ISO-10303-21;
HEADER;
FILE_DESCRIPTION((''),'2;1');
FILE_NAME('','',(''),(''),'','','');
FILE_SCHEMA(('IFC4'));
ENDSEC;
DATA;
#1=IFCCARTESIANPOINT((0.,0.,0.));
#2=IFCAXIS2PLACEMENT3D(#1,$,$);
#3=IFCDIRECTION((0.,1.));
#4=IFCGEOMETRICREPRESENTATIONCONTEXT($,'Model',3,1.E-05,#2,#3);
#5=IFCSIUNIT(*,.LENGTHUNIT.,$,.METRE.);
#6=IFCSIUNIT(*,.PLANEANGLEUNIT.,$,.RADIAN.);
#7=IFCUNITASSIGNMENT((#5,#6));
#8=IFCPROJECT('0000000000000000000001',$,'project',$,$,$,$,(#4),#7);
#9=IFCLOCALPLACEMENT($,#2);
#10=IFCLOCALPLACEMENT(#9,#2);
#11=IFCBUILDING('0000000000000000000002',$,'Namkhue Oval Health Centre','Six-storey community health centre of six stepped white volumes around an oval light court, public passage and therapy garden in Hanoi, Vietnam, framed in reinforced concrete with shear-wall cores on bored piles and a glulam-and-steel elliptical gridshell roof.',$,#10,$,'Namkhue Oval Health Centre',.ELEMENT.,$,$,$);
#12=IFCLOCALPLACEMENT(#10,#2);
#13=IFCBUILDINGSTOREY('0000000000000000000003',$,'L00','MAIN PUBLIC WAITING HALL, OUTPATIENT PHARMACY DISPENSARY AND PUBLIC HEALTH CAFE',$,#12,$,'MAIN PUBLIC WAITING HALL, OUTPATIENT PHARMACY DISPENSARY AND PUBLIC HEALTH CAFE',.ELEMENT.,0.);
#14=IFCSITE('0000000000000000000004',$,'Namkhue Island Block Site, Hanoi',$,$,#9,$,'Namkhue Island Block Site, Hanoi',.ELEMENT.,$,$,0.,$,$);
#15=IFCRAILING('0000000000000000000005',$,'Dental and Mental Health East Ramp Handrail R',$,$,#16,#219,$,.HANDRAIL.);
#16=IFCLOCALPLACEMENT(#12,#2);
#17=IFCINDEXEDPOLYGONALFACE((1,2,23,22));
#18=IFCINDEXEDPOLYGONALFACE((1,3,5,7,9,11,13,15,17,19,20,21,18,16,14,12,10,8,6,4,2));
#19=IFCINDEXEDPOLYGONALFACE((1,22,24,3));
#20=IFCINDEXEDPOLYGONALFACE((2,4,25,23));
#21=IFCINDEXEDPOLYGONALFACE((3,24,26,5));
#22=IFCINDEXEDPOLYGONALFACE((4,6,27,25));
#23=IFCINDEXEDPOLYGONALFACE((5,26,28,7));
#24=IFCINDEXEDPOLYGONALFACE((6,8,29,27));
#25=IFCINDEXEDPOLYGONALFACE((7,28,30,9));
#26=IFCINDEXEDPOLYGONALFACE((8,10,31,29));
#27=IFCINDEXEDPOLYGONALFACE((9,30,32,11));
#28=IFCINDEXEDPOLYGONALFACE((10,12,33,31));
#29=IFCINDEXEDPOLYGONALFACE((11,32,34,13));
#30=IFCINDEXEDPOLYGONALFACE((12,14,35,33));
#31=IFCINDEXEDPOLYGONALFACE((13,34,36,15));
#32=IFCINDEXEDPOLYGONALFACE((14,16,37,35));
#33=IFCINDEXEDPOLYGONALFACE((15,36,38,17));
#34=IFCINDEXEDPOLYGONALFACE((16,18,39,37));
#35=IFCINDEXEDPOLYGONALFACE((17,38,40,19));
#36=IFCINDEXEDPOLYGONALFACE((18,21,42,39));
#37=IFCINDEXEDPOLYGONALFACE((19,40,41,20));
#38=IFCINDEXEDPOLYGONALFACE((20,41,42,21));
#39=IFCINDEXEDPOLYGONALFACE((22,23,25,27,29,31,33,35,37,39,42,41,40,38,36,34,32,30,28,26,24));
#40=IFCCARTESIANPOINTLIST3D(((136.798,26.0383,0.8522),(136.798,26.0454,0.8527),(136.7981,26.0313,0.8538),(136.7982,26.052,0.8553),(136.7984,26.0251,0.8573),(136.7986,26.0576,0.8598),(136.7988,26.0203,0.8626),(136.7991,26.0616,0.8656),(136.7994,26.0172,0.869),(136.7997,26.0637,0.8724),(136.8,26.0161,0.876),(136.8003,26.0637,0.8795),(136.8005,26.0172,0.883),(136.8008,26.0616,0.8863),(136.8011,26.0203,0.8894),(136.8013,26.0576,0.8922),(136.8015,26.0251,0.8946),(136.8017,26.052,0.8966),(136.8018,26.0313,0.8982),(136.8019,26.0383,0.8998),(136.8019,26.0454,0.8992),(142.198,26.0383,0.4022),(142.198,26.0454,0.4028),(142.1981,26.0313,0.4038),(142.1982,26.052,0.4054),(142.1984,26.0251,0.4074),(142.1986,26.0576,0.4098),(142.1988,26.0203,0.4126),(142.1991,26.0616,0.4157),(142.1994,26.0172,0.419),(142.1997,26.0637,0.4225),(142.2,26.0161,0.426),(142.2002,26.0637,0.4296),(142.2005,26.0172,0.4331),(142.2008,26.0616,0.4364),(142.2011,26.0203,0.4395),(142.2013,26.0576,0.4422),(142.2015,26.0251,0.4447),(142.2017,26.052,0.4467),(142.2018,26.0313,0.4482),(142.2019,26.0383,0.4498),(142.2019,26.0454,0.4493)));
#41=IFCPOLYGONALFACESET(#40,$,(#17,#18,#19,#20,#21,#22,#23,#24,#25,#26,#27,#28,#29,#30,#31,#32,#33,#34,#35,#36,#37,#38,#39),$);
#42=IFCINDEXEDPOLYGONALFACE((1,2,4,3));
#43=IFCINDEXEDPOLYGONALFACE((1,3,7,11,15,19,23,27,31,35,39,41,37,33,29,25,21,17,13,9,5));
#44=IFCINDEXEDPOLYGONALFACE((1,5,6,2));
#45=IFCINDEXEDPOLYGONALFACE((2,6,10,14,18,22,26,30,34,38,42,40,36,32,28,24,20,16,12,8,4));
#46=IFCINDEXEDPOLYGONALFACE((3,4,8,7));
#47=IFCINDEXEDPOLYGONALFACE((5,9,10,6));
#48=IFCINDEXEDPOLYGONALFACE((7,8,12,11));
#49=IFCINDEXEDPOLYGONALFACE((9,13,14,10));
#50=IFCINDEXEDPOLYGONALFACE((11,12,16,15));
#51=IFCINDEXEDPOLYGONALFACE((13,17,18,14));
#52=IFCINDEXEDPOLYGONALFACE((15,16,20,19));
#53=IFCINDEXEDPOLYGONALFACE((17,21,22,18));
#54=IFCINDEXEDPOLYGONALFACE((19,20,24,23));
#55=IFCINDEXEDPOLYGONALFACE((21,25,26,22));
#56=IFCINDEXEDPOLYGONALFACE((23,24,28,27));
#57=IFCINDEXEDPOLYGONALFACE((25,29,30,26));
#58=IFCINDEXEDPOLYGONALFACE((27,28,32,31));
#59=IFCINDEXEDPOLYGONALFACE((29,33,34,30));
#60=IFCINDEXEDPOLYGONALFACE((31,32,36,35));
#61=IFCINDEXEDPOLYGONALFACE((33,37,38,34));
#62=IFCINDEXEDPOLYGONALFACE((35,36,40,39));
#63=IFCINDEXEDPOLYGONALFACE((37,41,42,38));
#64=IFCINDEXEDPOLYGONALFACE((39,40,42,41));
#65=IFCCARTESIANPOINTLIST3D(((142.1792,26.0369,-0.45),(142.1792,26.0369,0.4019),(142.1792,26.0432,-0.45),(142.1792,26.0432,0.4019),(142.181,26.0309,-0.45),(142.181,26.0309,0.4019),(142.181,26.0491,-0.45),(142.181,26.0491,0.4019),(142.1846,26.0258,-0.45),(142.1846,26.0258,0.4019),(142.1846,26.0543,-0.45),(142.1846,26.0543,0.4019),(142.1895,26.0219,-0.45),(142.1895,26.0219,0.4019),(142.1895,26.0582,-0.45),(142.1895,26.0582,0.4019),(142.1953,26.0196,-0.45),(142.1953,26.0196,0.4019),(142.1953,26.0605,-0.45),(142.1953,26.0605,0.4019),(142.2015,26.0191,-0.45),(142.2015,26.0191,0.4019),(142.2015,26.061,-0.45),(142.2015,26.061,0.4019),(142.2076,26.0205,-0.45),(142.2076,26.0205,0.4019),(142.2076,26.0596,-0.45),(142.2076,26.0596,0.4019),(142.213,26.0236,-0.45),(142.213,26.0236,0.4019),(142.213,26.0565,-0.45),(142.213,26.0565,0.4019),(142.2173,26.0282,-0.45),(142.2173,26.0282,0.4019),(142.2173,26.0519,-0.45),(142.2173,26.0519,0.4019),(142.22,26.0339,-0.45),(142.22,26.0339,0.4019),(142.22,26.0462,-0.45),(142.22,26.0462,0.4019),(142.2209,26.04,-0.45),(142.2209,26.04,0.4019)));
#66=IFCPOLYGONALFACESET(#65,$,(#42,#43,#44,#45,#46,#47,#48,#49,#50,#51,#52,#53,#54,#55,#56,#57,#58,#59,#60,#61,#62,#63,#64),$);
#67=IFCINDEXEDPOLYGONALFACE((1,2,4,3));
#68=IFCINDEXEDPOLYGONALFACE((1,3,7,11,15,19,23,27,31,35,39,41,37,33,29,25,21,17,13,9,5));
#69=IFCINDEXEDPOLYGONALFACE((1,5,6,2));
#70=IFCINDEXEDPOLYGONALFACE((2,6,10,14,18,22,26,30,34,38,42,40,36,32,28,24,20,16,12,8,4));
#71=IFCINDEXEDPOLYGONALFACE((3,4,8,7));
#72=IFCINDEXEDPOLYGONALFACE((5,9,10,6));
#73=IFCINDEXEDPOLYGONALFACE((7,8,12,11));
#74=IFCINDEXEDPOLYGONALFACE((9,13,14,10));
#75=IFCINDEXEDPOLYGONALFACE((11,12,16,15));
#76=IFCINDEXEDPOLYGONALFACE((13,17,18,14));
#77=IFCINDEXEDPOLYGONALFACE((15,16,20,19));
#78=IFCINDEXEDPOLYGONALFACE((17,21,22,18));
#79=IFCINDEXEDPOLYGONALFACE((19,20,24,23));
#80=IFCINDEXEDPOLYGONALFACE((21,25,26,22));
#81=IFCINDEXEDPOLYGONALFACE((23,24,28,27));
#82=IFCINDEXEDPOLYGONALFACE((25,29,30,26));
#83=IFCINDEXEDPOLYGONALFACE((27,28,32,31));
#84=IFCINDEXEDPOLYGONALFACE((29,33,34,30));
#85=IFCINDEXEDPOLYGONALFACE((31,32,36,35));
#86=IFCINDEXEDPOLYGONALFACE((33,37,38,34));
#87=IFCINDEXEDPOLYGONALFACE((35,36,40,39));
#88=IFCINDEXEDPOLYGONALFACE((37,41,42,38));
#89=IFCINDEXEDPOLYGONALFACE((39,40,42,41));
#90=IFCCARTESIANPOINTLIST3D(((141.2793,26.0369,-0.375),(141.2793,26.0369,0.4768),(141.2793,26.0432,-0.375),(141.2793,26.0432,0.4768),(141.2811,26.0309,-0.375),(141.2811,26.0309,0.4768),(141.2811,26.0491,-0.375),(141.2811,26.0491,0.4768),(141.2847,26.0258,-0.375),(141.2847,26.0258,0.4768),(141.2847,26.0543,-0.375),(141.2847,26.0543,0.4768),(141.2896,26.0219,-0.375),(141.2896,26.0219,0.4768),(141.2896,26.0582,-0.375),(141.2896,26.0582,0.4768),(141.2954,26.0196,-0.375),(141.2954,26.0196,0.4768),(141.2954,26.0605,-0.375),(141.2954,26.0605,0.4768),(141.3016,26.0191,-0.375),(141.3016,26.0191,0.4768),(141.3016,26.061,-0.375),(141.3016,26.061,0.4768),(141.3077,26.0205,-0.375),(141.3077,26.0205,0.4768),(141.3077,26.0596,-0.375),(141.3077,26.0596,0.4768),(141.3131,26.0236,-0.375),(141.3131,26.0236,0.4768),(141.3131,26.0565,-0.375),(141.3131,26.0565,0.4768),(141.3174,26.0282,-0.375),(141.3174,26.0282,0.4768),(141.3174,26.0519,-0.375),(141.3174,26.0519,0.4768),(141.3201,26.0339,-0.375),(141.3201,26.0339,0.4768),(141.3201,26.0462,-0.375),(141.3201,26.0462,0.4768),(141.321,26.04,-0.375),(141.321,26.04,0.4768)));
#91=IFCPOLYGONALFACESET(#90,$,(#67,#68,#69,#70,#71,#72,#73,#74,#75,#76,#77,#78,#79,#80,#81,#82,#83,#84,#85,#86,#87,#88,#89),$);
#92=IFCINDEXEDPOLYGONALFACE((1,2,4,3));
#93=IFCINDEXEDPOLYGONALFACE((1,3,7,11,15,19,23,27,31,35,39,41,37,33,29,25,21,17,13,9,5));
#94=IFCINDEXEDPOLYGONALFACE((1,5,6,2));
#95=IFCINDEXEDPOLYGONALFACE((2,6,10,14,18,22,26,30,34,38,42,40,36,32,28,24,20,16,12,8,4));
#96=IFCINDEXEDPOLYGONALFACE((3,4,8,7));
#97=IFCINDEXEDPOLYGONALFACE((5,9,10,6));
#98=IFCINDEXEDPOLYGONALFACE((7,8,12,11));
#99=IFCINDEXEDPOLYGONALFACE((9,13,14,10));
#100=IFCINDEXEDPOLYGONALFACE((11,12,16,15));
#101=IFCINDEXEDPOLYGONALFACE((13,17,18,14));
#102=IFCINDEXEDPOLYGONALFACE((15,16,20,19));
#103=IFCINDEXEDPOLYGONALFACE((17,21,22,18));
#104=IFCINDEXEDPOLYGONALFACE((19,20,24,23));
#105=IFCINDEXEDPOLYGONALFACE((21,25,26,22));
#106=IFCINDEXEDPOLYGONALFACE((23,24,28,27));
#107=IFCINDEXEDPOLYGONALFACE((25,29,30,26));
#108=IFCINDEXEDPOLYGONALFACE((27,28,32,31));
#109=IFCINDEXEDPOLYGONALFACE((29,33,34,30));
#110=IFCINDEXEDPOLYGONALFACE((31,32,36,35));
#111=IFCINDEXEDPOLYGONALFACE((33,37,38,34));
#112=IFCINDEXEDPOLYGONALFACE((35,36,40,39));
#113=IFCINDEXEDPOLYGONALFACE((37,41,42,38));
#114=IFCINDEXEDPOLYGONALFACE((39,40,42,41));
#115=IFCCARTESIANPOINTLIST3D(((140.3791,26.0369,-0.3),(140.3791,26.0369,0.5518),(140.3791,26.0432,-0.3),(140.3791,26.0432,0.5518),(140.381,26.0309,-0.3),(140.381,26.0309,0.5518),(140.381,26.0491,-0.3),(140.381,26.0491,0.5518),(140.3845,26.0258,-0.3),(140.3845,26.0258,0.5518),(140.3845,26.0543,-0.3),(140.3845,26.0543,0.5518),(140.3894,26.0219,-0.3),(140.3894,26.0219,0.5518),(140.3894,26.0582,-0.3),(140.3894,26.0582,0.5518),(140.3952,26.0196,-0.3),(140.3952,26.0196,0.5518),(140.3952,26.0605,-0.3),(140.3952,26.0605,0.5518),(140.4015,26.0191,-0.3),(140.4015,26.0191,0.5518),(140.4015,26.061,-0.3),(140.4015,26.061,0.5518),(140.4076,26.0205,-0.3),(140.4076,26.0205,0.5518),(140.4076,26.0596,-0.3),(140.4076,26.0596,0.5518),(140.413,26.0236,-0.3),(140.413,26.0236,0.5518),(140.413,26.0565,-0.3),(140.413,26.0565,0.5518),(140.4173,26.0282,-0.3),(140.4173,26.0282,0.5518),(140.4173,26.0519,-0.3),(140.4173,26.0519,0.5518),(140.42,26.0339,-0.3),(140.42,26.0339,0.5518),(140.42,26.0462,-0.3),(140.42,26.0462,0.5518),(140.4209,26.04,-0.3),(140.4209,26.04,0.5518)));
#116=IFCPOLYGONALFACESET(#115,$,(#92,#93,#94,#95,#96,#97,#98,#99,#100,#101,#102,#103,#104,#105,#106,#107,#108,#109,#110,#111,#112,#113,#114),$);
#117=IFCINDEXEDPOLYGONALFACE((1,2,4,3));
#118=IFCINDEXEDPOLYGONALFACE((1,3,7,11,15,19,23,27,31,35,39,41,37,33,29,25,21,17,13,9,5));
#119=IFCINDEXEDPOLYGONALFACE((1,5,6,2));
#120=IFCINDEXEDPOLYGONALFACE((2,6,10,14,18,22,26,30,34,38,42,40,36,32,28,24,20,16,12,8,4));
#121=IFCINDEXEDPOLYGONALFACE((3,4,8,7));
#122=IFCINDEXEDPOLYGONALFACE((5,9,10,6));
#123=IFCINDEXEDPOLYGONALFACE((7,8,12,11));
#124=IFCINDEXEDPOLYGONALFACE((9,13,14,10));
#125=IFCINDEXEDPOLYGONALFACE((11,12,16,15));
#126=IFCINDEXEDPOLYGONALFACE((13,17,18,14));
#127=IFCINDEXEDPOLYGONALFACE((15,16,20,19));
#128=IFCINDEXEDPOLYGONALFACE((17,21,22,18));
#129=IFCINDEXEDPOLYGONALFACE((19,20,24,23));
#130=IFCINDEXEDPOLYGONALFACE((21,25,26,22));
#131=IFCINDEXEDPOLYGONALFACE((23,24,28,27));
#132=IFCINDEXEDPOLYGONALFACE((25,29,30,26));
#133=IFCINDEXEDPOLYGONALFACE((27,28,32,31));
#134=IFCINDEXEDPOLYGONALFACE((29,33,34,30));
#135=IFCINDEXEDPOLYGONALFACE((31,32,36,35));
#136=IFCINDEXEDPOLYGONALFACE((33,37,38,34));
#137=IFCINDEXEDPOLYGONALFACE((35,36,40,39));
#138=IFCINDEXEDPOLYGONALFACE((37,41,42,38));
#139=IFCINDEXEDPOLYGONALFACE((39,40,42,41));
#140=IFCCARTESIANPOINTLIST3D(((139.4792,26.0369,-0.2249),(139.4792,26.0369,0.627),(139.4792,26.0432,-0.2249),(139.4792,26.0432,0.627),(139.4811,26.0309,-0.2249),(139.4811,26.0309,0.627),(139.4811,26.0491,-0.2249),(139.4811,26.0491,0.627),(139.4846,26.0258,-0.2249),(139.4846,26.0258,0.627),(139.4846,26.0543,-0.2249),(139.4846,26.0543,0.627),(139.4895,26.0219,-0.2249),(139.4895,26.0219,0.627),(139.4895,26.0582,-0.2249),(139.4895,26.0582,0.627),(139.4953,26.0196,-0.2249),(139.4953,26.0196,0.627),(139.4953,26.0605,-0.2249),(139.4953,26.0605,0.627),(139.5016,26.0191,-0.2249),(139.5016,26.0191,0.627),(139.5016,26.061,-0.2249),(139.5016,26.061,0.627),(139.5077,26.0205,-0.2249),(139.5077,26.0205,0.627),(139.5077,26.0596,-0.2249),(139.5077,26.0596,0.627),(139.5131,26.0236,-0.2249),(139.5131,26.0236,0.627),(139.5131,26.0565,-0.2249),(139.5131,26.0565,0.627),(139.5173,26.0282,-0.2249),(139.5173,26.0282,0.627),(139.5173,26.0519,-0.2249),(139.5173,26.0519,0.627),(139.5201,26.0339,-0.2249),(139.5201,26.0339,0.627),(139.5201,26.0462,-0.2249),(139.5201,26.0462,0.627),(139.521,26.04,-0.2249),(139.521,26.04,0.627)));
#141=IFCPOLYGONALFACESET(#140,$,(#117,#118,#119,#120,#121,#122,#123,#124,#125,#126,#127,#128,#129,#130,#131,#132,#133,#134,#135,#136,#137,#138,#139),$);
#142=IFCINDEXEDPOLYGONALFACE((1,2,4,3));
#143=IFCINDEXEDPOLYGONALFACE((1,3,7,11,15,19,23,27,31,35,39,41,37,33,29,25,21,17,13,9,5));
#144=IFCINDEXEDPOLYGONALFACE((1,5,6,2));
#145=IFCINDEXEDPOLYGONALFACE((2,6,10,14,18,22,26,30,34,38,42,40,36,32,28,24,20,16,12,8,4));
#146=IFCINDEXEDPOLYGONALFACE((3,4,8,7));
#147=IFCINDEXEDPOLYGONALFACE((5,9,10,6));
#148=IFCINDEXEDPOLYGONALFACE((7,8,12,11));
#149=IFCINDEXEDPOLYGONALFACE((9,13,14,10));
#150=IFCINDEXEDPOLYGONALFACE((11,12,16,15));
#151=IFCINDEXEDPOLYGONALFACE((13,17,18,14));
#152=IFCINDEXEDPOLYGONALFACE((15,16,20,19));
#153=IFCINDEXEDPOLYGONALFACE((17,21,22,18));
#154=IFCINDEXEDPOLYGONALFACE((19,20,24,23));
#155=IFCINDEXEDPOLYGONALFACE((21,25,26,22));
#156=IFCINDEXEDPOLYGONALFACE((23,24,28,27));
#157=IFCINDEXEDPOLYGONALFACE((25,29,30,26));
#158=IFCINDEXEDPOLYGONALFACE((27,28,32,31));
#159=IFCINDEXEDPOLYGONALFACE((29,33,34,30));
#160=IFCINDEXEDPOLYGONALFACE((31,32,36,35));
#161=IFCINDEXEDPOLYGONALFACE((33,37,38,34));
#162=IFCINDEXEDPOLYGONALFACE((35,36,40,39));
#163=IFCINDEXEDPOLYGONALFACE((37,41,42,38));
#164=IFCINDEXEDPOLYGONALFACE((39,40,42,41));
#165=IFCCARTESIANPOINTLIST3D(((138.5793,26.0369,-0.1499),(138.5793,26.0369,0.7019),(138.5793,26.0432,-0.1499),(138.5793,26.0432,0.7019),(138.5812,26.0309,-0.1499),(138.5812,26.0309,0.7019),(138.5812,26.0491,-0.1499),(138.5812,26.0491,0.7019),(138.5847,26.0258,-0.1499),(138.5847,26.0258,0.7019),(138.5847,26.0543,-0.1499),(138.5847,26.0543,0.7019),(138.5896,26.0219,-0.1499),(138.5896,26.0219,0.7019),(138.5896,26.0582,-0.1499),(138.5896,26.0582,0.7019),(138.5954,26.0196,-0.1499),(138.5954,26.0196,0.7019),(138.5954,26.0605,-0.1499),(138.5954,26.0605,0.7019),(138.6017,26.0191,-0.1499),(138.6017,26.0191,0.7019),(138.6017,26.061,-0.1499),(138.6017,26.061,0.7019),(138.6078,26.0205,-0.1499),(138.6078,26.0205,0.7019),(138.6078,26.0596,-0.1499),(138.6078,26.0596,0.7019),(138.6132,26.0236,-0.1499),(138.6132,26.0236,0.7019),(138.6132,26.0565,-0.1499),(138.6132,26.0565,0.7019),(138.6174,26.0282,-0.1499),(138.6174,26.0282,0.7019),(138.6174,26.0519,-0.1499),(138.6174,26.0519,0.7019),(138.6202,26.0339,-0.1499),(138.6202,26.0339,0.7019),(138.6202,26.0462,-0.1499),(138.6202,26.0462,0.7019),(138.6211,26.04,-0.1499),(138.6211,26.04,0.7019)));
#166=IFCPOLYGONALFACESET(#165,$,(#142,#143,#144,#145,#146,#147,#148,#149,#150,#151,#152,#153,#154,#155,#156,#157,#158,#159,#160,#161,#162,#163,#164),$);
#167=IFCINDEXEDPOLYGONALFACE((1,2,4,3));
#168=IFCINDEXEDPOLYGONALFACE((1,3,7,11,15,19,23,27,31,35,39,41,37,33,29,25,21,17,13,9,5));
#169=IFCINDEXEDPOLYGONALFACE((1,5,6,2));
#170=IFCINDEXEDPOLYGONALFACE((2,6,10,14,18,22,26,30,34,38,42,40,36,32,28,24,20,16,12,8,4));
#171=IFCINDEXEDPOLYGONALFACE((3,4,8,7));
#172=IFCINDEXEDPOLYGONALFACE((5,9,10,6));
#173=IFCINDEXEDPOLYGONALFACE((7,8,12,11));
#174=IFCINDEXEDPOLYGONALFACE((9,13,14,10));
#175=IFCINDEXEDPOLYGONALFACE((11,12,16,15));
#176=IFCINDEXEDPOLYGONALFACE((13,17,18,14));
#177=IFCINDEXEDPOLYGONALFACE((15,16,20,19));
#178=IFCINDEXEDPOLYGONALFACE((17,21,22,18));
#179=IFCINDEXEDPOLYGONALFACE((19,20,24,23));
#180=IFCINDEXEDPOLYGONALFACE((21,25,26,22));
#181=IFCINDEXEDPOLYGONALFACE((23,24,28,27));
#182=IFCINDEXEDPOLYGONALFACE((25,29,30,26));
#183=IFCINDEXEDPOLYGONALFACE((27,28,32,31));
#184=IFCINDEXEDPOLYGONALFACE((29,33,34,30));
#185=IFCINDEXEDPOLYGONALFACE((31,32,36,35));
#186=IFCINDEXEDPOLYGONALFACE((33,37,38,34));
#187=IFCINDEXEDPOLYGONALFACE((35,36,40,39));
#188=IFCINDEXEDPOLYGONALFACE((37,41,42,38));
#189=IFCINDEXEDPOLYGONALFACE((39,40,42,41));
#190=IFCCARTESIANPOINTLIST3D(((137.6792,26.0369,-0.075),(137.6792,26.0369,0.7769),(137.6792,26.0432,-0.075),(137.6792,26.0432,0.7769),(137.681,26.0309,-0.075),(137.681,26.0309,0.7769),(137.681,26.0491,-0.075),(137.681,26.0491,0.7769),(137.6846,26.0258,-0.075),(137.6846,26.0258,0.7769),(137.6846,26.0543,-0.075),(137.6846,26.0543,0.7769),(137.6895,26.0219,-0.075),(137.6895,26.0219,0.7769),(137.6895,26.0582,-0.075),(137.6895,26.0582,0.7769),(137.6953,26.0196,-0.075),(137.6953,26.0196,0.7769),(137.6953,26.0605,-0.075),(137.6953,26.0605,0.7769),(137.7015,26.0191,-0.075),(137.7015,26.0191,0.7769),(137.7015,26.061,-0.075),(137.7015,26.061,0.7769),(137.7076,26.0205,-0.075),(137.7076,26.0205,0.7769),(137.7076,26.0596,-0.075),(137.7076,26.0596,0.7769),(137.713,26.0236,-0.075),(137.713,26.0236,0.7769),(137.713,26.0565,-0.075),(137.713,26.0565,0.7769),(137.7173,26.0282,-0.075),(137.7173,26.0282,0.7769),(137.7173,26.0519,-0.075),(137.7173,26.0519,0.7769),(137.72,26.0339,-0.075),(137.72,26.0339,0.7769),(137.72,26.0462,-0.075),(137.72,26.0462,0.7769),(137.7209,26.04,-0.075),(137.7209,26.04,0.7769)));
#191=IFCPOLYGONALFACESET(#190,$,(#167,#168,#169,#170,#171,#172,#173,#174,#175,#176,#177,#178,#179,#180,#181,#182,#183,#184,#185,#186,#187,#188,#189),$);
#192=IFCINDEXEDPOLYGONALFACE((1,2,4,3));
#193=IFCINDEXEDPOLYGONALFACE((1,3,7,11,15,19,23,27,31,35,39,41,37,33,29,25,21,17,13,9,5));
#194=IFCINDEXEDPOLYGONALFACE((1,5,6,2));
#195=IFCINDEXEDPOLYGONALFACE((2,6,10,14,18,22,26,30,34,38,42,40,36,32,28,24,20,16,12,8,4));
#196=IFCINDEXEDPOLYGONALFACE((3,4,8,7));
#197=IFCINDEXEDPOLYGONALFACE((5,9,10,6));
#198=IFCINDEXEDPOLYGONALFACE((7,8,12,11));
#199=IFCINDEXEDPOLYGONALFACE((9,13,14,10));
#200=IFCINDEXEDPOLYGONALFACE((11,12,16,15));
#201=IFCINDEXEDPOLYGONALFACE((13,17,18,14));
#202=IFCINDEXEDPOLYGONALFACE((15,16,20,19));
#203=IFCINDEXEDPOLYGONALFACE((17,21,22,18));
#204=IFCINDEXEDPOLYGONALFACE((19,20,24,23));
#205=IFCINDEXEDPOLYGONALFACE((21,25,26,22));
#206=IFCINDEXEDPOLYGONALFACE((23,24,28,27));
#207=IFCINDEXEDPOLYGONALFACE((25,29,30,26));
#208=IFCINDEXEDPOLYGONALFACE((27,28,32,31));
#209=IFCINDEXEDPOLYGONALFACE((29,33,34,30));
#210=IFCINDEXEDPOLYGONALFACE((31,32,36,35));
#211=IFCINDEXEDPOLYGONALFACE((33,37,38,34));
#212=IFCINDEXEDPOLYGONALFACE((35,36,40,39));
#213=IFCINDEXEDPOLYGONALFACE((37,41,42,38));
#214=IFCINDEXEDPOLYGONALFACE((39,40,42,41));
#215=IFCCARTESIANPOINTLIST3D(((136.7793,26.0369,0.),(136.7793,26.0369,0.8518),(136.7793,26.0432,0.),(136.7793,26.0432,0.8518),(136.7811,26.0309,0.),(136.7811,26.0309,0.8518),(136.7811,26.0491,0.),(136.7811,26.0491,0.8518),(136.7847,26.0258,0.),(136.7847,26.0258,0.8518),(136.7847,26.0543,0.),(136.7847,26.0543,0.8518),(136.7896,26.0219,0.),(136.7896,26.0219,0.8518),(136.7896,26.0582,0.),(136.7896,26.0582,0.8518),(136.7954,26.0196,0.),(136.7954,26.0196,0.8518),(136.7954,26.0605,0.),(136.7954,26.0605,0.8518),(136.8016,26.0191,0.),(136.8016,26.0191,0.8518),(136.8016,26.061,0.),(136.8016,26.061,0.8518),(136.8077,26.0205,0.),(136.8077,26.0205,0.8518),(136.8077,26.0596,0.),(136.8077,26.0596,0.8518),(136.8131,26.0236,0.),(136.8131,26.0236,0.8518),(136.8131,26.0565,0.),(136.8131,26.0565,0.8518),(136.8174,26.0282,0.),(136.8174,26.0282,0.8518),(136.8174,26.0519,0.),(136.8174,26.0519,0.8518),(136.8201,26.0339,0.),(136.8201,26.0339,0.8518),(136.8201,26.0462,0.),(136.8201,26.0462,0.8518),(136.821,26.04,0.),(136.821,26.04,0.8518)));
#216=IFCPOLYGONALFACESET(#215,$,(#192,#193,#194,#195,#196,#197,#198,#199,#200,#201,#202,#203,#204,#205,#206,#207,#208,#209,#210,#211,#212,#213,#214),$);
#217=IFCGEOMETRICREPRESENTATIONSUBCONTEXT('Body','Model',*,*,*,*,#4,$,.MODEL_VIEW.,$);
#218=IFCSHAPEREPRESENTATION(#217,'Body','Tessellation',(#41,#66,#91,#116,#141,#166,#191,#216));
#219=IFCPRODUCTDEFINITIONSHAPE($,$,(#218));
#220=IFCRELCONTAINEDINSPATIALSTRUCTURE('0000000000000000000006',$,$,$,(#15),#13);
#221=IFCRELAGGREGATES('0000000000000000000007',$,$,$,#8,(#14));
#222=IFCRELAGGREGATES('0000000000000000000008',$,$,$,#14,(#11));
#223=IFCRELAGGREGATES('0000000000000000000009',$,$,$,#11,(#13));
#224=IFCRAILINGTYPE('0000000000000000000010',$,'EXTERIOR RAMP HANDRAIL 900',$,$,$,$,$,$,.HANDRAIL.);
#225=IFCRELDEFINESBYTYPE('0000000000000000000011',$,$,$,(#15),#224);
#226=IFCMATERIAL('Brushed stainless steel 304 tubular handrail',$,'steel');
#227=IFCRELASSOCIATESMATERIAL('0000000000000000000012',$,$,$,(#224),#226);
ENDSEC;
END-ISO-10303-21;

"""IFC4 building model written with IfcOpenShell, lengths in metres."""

from ifc_helpers import new_model, si_unit, direction, frame, origin, origin_2d, place, context, subcontext, project, spatial, circle, extrude, material, type_object, element, save


model = new_model("IFC4")

# Units and contexts
model_context = context("Model", 3, precision=1e-05, world=origin(), true_north=direction((0.0, 1.0)))
body_context = subcontext(model_context, "Body", "Model", "MODEL_VIEW")
ifc_project = project(units=[si_unit("LENGTHUNIT", "METRE"), si_unit("PLANEANGLEUNIT", "RADIAN")], contexts=[model_context])

# Site, building, storey
site_placement = place(None, origin())
site = spatial("IfcSite", under=ifc_project, at=site_placement, Name="Namkhue Island Block Site, Hanoi", LongName="Namkhue Island Block Site, Hanoi", CompositionType="ELEMENT", RefElevation=0.0)
building_placement = place(site_placement, origin())
building = spatial("IfcBuilding", under=site, at=building_placement, Name="Namkhue Oval Health Centre", Description="Six-storey community health centre of six stepped white volumes around an oval light court, public passage and therapy garden in Hanoi, Vietnam, framed in reinforced concrete with shear-wall cores on bored piles and a glulam-and-steel elliptical gridshell roof.", LongName="Namkhue Oval Health Centre", CompositionType="ELEMENT")
storey_placement = place(building_placement, origin())
storey = spatial("IfcBuildingStorey", under=building, at=storey_placement, Name="L00", Description="MAIN PUBLIC WAITING HALL, OUTPATIENT PHARMACY DISPENSARY AND PUBLIC HEALTH CAFE", LongName="MAIN PUBLIC WAITING HALL, OUTPATIENT PHARMACY DISPENSARY AND PUBLIC HEALTH CAFE", CompositionType="ELEMENT", Elevation=0.0)

# Railing
ifc_material_1 = material(Name="Brushed stainless steel 304 tubular handrail", Category="steel")
railing_type_1 = type_object("IfcRailingType", Name="EXTERIOR RAMP HANDRAIL 900", PredefinedType="HANDRAIL", material=ifc_material_1)
for number, where, name in (
    (1, (142.2, 26.04, -0.45), "Dental and Mental Health East Ramp Handrail R"),
):
    element("IfcRailing", number, at=place(storey_placement, frame(where)), inside=storey, type_object=railing_type_1, Name=name, PredefinedType="HANDRAIL", context=body_context, shape_type="SweptSolid", body=[
        extrude(circle(Radius=0.0239, at=origin_2d()), frame((0.0, 0.0, 0.876), z_axis=(-0.996546, 0.0, 0.083038), x_axis=(0.0, -1.0, 0.0)), (0.0, 0.0, 1.0), 5.4187),
        extrude(circle(Radius=0.021, at=origin_2d()), origin(), (0.0, 0.0, 1.0), 0.8518),
        extrude(circle(Radius=0.021, at=origin_2d()), frame((-0.8999, 0.0, 0.075)), (0.0, 0.0, 1.0), 0.8518),
        extrude(circle(Radius=0.021, at=origin_2d()), frame((-1.8, 0.0, 0.1499)), (0.0, 0.0, 1.0), 0.8518),
        extrude(circle(Radius=0.021, at=origin_2d()), frame((-2.7, 0.0, 0.2251)), (0.0, 0.0, 1.0), 0.8518),
        extrude(circle(Radius=0.021, at=origin_2d()), frame((-3.5999, 0.0, 0.3)), (0.0, 0.0, 1.0), 0.8518),
        extrude(circle(Radius=0.021, at=origin_2d()), frame((-4.5, 0.0, 0.375)), (0.0, 0.0, 1.0), 0.8518),
        extrude(circle(Radius=0.021, at=origin_2d()), frame((-5.3999, 0.0, 0.45)), (0.0, 0.0, 1.0), 0.8518),
    ])

save(model, "model.ifc")
